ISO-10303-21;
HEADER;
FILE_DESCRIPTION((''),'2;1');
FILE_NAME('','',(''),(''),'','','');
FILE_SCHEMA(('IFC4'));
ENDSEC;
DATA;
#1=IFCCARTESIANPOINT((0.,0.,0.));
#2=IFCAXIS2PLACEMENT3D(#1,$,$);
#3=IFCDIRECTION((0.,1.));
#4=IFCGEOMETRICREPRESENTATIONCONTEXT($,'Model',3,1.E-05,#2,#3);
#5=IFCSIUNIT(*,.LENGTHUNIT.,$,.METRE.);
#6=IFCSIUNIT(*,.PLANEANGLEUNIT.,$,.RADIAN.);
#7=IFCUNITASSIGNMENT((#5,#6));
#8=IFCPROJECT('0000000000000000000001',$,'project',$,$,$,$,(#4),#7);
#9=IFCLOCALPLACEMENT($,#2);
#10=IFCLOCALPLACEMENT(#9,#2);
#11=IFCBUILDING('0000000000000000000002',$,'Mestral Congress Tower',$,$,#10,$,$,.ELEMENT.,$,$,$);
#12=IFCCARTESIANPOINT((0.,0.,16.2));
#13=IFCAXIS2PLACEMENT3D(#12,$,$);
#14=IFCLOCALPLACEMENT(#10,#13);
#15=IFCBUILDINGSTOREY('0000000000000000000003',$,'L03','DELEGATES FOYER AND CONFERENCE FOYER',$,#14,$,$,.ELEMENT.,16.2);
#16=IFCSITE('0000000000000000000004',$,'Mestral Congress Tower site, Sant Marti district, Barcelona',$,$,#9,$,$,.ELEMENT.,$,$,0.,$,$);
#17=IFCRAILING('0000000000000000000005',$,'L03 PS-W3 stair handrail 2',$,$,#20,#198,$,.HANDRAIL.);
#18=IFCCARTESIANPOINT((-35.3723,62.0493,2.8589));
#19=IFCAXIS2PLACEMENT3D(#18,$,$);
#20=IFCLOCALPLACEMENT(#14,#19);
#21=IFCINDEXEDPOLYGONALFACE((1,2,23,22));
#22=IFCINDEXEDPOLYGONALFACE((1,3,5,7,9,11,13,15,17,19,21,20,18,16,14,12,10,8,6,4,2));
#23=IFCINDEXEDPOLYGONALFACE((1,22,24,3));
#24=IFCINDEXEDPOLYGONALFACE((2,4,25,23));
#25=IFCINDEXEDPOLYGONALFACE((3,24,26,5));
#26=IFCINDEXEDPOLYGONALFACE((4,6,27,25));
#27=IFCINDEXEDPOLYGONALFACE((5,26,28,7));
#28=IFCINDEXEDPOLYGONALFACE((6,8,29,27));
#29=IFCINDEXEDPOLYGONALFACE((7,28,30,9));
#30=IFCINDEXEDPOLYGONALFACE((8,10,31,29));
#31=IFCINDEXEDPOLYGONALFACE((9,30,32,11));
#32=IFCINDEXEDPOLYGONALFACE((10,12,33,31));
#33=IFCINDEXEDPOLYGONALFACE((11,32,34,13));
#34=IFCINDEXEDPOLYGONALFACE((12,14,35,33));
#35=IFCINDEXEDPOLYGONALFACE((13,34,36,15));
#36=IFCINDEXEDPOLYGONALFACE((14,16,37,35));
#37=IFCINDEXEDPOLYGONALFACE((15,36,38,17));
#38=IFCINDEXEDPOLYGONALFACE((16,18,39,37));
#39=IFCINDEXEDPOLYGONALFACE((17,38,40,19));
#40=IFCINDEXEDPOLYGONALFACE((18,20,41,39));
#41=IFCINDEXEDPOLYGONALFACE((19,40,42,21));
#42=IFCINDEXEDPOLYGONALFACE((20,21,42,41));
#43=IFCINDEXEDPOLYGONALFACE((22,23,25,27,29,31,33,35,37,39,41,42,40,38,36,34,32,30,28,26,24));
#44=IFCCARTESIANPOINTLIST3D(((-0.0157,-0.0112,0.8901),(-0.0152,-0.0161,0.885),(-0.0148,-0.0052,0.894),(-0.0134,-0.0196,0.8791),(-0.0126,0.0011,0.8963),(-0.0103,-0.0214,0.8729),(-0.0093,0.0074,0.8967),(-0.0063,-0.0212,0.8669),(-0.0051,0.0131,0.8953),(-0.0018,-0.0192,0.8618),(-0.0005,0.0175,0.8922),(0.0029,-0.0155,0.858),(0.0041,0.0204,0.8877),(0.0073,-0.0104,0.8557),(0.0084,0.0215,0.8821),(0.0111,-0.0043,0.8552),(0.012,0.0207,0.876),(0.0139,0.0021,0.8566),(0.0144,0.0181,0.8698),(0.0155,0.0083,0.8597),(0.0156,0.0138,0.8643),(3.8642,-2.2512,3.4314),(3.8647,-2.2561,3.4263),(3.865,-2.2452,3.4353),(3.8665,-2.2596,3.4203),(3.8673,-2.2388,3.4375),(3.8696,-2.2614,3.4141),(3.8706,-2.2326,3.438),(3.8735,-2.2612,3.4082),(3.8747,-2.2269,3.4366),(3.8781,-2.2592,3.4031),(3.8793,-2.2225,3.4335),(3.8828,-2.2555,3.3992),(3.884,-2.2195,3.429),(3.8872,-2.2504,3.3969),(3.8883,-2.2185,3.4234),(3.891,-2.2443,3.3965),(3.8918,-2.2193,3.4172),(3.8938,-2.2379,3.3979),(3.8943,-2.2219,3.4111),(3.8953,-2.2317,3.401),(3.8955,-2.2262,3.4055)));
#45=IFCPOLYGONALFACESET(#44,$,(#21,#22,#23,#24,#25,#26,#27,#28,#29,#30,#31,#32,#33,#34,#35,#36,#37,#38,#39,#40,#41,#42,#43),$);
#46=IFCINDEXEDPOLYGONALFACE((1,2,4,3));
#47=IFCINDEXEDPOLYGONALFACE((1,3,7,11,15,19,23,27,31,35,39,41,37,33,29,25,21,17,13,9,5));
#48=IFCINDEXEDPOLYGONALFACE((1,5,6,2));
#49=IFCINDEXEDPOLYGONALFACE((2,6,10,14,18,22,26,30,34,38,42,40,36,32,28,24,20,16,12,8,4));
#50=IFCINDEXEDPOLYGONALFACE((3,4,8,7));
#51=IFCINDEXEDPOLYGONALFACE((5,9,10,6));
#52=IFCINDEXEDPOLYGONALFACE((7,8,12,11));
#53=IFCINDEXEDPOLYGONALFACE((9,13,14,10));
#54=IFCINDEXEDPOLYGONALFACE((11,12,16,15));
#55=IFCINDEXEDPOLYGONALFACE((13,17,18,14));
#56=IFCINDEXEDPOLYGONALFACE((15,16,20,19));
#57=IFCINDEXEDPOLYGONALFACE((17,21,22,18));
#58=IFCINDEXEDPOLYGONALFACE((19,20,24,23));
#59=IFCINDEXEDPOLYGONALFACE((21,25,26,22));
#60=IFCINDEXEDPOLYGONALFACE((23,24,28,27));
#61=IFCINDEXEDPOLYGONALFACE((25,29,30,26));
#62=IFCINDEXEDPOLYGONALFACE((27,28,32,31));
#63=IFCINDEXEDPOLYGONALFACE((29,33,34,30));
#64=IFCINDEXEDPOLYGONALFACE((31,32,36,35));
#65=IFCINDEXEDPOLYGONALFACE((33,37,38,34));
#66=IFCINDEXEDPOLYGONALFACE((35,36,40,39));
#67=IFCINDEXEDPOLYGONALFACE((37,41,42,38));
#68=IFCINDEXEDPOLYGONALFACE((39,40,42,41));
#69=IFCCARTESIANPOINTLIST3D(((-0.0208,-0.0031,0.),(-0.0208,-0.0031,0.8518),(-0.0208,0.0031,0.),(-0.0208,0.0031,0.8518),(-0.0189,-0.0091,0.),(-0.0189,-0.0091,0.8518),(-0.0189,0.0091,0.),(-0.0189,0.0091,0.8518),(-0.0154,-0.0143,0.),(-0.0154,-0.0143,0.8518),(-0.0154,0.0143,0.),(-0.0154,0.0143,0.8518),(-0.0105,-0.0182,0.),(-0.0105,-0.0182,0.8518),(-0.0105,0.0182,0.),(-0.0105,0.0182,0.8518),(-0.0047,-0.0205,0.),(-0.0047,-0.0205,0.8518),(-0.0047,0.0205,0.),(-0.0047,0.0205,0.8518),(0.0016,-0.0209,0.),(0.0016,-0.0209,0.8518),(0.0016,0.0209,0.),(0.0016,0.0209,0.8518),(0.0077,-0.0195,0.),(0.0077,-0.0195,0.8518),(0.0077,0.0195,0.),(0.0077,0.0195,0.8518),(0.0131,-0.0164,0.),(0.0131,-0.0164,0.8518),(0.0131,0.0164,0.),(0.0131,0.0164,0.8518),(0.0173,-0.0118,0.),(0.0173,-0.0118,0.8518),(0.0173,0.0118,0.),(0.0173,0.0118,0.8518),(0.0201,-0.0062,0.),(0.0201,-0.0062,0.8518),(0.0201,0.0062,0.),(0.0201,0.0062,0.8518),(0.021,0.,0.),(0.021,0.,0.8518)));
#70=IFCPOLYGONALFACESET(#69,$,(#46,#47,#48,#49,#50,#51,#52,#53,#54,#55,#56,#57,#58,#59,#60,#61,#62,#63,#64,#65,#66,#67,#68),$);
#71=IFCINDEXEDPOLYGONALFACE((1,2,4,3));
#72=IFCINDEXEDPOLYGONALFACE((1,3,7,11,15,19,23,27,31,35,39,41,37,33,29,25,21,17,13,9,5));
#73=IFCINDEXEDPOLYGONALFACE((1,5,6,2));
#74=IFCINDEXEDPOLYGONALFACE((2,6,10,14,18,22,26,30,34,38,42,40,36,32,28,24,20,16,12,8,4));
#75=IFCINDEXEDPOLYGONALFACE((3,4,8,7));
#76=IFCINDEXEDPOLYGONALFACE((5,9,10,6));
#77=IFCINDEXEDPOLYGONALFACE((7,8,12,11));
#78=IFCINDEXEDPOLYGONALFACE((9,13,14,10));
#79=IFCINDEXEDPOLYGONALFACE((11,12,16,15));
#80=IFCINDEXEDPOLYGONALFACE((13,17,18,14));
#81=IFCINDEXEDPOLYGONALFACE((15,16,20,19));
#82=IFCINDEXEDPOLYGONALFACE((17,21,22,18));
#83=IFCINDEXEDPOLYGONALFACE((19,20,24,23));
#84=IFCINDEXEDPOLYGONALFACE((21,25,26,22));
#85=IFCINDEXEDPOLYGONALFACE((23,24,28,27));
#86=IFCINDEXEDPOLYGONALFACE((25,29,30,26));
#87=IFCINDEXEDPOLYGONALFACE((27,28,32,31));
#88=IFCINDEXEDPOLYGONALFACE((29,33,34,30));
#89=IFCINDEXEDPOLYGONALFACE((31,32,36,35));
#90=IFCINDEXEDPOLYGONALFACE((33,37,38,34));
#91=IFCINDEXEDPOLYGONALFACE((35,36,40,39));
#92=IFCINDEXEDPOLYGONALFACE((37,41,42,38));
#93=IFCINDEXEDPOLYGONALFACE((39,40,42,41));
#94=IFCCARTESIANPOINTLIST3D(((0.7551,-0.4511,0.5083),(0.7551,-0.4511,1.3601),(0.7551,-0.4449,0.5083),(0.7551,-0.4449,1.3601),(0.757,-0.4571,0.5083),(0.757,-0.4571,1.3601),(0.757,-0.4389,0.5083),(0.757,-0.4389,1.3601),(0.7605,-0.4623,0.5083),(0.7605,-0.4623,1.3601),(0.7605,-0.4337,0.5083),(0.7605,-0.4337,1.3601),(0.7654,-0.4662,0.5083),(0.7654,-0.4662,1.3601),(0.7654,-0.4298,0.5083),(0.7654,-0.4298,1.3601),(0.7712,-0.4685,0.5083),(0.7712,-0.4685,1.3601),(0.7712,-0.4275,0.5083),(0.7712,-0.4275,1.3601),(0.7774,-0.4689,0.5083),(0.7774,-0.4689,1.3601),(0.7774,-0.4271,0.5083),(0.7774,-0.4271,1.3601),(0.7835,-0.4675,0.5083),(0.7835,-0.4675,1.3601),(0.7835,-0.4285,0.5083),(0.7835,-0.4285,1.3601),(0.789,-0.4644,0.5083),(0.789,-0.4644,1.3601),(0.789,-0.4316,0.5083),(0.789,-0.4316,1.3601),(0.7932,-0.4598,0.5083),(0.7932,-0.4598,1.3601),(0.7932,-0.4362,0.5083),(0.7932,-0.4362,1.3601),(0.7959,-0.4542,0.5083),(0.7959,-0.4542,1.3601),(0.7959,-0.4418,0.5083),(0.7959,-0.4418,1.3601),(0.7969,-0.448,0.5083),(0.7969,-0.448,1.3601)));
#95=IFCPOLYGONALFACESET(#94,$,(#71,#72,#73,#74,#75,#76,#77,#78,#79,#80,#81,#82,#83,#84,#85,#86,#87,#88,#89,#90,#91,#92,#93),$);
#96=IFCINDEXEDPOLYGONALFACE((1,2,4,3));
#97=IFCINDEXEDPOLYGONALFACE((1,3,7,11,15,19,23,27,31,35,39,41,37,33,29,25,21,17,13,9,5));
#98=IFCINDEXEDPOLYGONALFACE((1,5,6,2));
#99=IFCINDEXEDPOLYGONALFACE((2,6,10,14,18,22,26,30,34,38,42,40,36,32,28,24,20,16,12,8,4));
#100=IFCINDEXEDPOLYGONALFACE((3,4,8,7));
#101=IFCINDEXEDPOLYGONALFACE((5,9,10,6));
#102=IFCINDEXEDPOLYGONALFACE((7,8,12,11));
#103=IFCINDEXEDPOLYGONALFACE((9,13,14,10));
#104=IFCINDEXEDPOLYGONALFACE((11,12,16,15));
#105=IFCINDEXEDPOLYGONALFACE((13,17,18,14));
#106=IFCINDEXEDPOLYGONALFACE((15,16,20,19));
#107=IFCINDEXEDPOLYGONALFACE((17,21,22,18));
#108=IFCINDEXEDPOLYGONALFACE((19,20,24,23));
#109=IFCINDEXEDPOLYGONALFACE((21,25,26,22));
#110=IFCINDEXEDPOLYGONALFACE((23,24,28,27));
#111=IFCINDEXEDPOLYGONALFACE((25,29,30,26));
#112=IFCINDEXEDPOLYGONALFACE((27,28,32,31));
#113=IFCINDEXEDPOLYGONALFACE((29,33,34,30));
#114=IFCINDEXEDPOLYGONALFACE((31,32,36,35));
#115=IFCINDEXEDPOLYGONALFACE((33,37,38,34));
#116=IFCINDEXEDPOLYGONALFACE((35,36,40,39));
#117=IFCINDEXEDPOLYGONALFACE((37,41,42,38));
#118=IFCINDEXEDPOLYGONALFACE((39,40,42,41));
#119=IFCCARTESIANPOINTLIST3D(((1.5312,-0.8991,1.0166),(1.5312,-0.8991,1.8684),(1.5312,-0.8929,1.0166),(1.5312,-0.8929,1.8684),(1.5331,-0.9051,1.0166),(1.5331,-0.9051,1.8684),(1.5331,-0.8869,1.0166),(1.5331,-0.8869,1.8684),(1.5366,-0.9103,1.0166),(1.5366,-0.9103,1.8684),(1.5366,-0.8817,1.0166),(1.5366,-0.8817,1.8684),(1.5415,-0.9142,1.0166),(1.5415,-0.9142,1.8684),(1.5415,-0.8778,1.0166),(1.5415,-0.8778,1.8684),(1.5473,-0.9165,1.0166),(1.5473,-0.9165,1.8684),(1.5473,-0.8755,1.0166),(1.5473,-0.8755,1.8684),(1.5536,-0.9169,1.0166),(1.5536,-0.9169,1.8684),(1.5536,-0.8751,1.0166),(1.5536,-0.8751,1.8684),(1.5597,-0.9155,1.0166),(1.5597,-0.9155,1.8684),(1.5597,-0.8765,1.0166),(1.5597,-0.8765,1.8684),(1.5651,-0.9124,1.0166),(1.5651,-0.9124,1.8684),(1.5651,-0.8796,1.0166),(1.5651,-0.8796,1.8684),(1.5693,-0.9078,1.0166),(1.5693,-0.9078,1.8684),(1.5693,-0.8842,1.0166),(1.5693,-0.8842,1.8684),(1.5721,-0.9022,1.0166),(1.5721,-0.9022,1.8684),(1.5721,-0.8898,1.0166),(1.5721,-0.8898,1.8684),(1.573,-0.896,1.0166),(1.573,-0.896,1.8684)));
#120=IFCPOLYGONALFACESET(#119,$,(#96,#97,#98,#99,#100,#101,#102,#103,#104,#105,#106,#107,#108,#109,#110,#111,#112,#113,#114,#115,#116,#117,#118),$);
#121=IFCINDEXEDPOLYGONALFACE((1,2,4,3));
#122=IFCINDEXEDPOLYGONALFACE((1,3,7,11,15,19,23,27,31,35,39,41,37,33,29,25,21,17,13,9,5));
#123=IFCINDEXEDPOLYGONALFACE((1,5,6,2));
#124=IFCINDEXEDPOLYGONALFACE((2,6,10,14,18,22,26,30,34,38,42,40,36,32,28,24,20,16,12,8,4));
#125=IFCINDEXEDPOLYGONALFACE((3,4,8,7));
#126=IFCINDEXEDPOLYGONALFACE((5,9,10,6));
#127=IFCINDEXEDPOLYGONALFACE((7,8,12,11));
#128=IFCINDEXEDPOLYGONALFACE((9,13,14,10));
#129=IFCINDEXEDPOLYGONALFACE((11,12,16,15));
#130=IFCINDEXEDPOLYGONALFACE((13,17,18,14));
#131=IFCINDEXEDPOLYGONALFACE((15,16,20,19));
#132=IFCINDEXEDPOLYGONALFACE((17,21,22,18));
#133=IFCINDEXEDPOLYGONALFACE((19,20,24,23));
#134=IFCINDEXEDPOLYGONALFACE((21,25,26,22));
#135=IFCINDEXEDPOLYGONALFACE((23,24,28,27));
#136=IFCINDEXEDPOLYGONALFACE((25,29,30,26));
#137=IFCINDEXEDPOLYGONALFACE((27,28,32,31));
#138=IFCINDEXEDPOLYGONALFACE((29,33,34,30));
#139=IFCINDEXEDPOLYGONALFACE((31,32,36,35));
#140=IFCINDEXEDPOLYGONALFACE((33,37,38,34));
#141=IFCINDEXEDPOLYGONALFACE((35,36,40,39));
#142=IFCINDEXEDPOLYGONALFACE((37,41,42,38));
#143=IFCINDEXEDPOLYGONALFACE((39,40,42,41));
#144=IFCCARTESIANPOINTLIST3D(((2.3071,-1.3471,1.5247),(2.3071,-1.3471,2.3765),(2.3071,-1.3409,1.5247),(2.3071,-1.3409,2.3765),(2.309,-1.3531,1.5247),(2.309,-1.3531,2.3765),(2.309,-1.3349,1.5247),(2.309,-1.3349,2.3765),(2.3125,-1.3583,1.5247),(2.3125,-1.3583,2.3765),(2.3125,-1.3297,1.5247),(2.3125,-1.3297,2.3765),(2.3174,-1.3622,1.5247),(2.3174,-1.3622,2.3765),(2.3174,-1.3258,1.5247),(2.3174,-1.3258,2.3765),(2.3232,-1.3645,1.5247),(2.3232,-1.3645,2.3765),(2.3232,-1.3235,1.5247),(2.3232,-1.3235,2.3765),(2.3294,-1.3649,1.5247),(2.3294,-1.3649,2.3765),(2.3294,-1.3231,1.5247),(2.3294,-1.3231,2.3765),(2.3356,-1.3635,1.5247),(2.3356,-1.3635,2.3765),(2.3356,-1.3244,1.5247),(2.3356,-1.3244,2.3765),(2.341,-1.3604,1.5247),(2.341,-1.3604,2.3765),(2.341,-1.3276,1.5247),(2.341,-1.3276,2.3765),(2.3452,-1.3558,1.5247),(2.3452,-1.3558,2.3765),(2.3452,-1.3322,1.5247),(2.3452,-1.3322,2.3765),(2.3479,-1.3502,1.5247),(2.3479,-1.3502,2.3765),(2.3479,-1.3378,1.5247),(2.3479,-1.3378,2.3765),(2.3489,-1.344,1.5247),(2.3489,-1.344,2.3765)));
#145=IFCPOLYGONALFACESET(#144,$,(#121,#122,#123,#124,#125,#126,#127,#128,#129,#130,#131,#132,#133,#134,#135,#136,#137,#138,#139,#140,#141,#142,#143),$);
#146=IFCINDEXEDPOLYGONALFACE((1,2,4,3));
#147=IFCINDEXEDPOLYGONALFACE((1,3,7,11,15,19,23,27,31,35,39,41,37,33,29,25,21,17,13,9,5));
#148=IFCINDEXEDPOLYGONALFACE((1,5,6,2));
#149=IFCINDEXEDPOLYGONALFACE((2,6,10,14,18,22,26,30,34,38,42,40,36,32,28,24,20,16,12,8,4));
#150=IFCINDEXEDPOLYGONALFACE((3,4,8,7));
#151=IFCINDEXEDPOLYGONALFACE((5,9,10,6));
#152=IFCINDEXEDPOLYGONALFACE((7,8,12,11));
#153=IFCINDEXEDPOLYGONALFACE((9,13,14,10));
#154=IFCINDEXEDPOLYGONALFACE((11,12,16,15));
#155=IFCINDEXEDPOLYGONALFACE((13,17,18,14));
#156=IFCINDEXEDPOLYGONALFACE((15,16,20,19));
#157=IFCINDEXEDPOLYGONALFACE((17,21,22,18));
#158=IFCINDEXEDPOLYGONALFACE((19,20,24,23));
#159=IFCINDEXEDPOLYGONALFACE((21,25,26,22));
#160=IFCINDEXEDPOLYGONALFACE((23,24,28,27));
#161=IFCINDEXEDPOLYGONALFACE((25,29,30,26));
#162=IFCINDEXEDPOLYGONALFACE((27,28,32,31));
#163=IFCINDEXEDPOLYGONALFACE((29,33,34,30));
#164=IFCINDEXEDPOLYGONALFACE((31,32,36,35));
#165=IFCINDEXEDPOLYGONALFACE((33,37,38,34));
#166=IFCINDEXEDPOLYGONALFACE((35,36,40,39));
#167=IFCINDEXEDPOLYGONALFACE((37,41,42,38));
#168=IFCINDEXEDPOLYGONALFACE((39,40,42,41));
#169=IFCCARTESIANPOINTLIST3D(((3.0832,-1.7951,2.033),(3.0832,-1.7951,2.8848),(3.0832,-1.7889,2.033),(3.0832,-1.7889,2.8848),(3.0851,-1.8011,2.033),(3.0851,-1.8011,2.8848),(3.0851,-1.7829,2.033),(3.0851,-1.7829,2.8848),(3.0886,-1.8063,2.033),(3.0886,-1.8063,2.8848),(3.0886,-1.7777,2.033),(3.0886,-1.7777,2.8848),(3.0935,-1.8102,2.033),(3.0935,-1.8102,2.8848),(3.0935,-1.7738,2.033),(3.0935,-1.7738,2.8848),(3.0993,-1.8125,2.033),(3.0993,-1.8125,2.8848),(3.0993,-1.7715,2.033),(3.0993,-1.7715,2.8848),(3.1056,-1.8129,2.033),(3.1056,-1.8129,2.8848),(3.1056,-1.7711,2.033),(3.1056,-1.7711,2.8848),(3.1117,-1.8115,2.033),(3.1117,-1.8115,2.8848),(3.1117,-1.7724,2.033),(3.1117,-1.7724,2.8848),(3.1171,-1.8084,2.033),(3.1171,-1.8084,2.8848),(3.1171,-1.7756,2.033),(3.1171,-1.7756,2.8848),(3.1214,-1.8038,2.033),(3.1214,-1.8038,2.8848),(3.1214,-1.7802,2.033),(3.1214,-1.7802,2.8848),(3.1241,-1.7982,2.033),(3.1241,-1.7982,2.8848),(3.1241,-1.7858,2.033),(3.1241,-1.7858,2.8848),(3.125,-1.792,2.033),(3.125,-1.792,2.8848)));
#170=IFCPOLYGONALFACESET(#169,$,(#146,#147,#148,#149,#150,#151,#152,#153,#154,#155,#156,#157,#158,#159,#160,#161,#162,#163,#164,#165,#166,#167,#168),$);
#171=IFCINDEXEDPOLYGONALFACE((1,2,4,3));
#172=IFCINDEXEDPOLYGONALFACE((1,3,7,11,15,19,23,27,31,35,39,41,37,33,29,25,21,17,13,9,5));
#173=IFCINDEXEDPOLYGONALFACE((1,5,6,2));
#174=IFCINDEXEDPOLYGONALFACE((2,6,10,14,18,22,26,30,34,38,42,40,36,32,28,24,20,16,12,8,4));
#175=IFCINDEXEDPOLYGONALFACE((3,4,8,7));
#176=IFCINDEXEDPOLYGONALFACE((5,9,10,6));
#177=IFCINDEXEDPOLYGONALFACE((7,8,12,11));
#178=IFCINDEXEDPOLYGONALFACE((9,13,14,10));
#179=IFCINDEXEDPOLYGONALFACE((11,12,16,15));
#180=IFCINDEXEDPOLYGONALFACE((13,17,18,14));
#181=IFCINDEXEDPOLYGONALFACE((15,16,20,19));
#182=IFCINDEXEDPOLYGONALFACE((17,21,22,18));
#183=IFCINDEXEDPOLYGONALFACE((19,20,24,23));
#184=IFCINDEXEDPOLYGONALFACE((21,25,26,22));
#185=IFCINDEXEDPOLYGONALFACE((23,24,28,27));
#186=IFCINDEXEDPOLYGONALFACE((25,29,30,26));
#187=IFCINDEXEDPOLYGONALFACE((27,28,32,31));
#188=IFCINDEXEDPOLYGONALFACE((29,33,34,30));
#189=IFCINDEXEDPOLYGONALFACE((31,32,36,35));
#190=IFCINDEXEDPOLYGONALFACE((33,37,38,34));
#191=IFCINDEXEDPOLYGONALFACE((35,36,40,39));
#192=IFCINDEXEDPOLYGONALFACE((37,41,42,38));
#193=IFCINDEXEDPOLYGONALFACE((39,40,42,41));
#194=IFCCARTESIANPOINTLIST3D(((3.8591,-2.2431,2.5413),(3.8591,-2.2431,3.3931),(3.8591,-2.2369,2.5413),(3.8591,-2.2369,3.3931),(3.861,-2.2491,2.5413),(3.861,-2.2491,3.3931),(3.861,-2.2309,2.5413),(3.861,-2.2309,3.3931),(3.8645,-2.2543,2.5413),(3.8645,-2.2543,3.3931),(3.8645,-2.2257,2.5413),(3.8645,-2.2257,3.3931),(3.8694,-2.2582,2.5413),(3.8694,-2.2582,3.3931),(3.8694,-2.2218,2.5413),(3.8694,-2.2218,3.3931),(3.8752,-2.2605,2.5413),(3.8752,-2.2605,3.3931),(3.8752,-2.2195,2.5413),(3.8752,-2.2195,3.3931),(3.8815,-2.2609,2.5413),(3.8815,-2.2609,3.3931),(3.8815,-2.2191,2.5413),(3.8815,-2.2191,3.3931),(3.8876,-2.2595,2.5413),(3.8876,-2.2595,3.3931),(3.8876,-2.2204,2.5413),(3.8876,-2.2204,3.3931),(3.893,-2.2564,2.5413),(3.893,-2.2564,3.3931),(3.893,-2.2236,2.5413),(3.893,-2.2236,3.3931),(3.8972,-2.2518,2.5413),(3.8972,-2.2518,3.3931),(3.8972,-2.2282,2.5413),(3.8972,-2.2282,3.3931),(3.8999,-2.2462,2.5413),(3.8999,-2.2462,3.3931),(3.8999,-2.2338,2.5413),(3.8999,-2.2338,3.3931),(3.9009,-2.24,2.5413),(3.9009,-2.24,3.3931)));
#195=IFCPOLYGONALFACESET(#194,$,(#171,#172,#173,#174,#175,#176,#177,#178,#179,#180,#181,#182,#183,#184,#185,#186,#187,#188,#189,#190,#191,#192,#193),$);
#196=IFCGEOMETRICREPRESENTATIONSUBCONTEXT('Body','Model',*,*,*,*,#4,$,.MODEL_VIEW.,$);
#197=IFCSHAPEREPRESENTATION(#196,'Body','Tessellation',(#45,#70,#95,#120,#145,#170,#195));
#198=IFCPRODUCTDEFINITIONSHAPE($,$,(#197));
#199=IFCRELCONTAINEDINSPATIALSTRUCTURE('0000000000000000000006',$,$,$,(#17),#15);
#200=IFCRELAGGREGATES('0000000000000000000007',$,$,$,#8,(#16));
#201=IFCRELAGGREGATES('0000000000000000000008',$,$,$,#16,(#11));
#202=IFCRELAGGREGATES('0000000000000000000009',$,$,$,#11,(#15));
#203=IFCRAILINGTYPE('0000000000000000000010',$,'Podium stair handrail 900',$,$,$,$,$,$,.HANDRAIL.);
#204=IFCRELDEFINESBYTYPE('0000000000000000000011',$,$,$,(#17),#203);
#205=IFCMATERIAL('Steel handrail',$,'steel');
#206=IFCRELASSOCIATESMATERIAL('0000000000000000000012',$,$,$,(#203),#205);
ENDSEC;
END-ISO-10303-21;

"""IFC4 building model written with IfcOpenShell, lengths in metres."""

from ifc_helpers import new_model, si_unit, direction, frame, origin, origin_2d, place, context, subcontext, project, spatial, circle, extrude, material, type_object, element, save


model = new_model("IFC4")

# Units and contexts
model_context = context("Model", 3, precision=1e-05, world=origin(), true_north=direction((0.0, 1.0)))
body_context = subcontext(model_context, "Body", "Model", "MODEL_VIEW")
ifc_project = project(units=[si_unit("LENGTHUNIT", "METRE"), si_unit("PLANEANGLEUNIT", "RADIAN")], contexts=[model_context])

# Site, building, storey
site_placement = place(None, origin())
site = spatial("IfcSite", under=ifc_project, at=site_placement, Name="Mestral Congress Tower site, Sant Marti district, Barcelona", CompositionType="ELEMENT", RefElevation=0.0)
building_placement = place(site_placement, origin())
building = spatial("IfcBuilding", under=site, at=building_placement, Name="Mestral Congress Tower", CompositionType="ELEMENT")
storey_placement = place(building_placement, frame((0.0, 0.0, 16.2)))
storey = spatial("IfcBuildingStorey", under=building, at=storey_placement, Name="L03", Description="DELEGATES FOYER AND CONFERENCE FOYER", CompositionType="ELEMENT", Elevation=16.2)

# Railing
ifc_material_1 = material(Name="Steel handrail", Category="steel")
railing_type_1 = type_object("IfcRailingType", Name="Podium stair handrail 900", PredefinedType="HANDRAIL", material=ifc_material_1)
railing_1_placement = place(storey_placement, frame((-35.3723, 62.0493, 2.8589)))
element("IfcRailing", 1, at=railing_1_placement, inside=storey, type_object=railing_type_1, Name="L03 PS-W3 stair handrail 2", PredefinedType="HANDRAIL", context=body_context, shape_type="SweptSolid", body=[
    extrude(circle(Radius=0.0239, at=origin_2d()), frame((0.0, 0.0, 0.876), z_axis=(0.753282, -0.434896, 0.493388), x_axis=(0.49999, 0.866031, 0.0)), (0.0, 0.0, 1.0), 5.1506),
    extrude(circle(Radius=0.021, at=origin_2d()), origin(), (0.0, 0.0, 1.0), 0.8518),
    extrude(circle(Radius=0.021, at=origin_2d()), frame((0.7759, -0.448, 0.5083)), (0.0, 0.0, 1.0), 0.8518),
    extrude(circle(Radius=0.021, at=origin_2d()), frame((1.552, -0.896, 1.0166)), (0.0, 0.0, 1.0), 0.8518),
    extrude(circle(Radius=0.021, at=origin_2d()), frame((2.3279, -1.344, 1.5247)), (0.0, 0.0, 1.0), 0.8518),
    extrude(circle(Radius=0.021, at=origin_2d()), frame((3.104, -1.792, 2.033)), (0.0, 0.0, 1.0), 0.8518),
    extrude(circle(Radius=0.021, at=origin_2d()), frame((3.8799, -2.24, 2.5413)), (0.0, 0.0, 1.0), 0.8518),
])

save(model, "model.ifc")
